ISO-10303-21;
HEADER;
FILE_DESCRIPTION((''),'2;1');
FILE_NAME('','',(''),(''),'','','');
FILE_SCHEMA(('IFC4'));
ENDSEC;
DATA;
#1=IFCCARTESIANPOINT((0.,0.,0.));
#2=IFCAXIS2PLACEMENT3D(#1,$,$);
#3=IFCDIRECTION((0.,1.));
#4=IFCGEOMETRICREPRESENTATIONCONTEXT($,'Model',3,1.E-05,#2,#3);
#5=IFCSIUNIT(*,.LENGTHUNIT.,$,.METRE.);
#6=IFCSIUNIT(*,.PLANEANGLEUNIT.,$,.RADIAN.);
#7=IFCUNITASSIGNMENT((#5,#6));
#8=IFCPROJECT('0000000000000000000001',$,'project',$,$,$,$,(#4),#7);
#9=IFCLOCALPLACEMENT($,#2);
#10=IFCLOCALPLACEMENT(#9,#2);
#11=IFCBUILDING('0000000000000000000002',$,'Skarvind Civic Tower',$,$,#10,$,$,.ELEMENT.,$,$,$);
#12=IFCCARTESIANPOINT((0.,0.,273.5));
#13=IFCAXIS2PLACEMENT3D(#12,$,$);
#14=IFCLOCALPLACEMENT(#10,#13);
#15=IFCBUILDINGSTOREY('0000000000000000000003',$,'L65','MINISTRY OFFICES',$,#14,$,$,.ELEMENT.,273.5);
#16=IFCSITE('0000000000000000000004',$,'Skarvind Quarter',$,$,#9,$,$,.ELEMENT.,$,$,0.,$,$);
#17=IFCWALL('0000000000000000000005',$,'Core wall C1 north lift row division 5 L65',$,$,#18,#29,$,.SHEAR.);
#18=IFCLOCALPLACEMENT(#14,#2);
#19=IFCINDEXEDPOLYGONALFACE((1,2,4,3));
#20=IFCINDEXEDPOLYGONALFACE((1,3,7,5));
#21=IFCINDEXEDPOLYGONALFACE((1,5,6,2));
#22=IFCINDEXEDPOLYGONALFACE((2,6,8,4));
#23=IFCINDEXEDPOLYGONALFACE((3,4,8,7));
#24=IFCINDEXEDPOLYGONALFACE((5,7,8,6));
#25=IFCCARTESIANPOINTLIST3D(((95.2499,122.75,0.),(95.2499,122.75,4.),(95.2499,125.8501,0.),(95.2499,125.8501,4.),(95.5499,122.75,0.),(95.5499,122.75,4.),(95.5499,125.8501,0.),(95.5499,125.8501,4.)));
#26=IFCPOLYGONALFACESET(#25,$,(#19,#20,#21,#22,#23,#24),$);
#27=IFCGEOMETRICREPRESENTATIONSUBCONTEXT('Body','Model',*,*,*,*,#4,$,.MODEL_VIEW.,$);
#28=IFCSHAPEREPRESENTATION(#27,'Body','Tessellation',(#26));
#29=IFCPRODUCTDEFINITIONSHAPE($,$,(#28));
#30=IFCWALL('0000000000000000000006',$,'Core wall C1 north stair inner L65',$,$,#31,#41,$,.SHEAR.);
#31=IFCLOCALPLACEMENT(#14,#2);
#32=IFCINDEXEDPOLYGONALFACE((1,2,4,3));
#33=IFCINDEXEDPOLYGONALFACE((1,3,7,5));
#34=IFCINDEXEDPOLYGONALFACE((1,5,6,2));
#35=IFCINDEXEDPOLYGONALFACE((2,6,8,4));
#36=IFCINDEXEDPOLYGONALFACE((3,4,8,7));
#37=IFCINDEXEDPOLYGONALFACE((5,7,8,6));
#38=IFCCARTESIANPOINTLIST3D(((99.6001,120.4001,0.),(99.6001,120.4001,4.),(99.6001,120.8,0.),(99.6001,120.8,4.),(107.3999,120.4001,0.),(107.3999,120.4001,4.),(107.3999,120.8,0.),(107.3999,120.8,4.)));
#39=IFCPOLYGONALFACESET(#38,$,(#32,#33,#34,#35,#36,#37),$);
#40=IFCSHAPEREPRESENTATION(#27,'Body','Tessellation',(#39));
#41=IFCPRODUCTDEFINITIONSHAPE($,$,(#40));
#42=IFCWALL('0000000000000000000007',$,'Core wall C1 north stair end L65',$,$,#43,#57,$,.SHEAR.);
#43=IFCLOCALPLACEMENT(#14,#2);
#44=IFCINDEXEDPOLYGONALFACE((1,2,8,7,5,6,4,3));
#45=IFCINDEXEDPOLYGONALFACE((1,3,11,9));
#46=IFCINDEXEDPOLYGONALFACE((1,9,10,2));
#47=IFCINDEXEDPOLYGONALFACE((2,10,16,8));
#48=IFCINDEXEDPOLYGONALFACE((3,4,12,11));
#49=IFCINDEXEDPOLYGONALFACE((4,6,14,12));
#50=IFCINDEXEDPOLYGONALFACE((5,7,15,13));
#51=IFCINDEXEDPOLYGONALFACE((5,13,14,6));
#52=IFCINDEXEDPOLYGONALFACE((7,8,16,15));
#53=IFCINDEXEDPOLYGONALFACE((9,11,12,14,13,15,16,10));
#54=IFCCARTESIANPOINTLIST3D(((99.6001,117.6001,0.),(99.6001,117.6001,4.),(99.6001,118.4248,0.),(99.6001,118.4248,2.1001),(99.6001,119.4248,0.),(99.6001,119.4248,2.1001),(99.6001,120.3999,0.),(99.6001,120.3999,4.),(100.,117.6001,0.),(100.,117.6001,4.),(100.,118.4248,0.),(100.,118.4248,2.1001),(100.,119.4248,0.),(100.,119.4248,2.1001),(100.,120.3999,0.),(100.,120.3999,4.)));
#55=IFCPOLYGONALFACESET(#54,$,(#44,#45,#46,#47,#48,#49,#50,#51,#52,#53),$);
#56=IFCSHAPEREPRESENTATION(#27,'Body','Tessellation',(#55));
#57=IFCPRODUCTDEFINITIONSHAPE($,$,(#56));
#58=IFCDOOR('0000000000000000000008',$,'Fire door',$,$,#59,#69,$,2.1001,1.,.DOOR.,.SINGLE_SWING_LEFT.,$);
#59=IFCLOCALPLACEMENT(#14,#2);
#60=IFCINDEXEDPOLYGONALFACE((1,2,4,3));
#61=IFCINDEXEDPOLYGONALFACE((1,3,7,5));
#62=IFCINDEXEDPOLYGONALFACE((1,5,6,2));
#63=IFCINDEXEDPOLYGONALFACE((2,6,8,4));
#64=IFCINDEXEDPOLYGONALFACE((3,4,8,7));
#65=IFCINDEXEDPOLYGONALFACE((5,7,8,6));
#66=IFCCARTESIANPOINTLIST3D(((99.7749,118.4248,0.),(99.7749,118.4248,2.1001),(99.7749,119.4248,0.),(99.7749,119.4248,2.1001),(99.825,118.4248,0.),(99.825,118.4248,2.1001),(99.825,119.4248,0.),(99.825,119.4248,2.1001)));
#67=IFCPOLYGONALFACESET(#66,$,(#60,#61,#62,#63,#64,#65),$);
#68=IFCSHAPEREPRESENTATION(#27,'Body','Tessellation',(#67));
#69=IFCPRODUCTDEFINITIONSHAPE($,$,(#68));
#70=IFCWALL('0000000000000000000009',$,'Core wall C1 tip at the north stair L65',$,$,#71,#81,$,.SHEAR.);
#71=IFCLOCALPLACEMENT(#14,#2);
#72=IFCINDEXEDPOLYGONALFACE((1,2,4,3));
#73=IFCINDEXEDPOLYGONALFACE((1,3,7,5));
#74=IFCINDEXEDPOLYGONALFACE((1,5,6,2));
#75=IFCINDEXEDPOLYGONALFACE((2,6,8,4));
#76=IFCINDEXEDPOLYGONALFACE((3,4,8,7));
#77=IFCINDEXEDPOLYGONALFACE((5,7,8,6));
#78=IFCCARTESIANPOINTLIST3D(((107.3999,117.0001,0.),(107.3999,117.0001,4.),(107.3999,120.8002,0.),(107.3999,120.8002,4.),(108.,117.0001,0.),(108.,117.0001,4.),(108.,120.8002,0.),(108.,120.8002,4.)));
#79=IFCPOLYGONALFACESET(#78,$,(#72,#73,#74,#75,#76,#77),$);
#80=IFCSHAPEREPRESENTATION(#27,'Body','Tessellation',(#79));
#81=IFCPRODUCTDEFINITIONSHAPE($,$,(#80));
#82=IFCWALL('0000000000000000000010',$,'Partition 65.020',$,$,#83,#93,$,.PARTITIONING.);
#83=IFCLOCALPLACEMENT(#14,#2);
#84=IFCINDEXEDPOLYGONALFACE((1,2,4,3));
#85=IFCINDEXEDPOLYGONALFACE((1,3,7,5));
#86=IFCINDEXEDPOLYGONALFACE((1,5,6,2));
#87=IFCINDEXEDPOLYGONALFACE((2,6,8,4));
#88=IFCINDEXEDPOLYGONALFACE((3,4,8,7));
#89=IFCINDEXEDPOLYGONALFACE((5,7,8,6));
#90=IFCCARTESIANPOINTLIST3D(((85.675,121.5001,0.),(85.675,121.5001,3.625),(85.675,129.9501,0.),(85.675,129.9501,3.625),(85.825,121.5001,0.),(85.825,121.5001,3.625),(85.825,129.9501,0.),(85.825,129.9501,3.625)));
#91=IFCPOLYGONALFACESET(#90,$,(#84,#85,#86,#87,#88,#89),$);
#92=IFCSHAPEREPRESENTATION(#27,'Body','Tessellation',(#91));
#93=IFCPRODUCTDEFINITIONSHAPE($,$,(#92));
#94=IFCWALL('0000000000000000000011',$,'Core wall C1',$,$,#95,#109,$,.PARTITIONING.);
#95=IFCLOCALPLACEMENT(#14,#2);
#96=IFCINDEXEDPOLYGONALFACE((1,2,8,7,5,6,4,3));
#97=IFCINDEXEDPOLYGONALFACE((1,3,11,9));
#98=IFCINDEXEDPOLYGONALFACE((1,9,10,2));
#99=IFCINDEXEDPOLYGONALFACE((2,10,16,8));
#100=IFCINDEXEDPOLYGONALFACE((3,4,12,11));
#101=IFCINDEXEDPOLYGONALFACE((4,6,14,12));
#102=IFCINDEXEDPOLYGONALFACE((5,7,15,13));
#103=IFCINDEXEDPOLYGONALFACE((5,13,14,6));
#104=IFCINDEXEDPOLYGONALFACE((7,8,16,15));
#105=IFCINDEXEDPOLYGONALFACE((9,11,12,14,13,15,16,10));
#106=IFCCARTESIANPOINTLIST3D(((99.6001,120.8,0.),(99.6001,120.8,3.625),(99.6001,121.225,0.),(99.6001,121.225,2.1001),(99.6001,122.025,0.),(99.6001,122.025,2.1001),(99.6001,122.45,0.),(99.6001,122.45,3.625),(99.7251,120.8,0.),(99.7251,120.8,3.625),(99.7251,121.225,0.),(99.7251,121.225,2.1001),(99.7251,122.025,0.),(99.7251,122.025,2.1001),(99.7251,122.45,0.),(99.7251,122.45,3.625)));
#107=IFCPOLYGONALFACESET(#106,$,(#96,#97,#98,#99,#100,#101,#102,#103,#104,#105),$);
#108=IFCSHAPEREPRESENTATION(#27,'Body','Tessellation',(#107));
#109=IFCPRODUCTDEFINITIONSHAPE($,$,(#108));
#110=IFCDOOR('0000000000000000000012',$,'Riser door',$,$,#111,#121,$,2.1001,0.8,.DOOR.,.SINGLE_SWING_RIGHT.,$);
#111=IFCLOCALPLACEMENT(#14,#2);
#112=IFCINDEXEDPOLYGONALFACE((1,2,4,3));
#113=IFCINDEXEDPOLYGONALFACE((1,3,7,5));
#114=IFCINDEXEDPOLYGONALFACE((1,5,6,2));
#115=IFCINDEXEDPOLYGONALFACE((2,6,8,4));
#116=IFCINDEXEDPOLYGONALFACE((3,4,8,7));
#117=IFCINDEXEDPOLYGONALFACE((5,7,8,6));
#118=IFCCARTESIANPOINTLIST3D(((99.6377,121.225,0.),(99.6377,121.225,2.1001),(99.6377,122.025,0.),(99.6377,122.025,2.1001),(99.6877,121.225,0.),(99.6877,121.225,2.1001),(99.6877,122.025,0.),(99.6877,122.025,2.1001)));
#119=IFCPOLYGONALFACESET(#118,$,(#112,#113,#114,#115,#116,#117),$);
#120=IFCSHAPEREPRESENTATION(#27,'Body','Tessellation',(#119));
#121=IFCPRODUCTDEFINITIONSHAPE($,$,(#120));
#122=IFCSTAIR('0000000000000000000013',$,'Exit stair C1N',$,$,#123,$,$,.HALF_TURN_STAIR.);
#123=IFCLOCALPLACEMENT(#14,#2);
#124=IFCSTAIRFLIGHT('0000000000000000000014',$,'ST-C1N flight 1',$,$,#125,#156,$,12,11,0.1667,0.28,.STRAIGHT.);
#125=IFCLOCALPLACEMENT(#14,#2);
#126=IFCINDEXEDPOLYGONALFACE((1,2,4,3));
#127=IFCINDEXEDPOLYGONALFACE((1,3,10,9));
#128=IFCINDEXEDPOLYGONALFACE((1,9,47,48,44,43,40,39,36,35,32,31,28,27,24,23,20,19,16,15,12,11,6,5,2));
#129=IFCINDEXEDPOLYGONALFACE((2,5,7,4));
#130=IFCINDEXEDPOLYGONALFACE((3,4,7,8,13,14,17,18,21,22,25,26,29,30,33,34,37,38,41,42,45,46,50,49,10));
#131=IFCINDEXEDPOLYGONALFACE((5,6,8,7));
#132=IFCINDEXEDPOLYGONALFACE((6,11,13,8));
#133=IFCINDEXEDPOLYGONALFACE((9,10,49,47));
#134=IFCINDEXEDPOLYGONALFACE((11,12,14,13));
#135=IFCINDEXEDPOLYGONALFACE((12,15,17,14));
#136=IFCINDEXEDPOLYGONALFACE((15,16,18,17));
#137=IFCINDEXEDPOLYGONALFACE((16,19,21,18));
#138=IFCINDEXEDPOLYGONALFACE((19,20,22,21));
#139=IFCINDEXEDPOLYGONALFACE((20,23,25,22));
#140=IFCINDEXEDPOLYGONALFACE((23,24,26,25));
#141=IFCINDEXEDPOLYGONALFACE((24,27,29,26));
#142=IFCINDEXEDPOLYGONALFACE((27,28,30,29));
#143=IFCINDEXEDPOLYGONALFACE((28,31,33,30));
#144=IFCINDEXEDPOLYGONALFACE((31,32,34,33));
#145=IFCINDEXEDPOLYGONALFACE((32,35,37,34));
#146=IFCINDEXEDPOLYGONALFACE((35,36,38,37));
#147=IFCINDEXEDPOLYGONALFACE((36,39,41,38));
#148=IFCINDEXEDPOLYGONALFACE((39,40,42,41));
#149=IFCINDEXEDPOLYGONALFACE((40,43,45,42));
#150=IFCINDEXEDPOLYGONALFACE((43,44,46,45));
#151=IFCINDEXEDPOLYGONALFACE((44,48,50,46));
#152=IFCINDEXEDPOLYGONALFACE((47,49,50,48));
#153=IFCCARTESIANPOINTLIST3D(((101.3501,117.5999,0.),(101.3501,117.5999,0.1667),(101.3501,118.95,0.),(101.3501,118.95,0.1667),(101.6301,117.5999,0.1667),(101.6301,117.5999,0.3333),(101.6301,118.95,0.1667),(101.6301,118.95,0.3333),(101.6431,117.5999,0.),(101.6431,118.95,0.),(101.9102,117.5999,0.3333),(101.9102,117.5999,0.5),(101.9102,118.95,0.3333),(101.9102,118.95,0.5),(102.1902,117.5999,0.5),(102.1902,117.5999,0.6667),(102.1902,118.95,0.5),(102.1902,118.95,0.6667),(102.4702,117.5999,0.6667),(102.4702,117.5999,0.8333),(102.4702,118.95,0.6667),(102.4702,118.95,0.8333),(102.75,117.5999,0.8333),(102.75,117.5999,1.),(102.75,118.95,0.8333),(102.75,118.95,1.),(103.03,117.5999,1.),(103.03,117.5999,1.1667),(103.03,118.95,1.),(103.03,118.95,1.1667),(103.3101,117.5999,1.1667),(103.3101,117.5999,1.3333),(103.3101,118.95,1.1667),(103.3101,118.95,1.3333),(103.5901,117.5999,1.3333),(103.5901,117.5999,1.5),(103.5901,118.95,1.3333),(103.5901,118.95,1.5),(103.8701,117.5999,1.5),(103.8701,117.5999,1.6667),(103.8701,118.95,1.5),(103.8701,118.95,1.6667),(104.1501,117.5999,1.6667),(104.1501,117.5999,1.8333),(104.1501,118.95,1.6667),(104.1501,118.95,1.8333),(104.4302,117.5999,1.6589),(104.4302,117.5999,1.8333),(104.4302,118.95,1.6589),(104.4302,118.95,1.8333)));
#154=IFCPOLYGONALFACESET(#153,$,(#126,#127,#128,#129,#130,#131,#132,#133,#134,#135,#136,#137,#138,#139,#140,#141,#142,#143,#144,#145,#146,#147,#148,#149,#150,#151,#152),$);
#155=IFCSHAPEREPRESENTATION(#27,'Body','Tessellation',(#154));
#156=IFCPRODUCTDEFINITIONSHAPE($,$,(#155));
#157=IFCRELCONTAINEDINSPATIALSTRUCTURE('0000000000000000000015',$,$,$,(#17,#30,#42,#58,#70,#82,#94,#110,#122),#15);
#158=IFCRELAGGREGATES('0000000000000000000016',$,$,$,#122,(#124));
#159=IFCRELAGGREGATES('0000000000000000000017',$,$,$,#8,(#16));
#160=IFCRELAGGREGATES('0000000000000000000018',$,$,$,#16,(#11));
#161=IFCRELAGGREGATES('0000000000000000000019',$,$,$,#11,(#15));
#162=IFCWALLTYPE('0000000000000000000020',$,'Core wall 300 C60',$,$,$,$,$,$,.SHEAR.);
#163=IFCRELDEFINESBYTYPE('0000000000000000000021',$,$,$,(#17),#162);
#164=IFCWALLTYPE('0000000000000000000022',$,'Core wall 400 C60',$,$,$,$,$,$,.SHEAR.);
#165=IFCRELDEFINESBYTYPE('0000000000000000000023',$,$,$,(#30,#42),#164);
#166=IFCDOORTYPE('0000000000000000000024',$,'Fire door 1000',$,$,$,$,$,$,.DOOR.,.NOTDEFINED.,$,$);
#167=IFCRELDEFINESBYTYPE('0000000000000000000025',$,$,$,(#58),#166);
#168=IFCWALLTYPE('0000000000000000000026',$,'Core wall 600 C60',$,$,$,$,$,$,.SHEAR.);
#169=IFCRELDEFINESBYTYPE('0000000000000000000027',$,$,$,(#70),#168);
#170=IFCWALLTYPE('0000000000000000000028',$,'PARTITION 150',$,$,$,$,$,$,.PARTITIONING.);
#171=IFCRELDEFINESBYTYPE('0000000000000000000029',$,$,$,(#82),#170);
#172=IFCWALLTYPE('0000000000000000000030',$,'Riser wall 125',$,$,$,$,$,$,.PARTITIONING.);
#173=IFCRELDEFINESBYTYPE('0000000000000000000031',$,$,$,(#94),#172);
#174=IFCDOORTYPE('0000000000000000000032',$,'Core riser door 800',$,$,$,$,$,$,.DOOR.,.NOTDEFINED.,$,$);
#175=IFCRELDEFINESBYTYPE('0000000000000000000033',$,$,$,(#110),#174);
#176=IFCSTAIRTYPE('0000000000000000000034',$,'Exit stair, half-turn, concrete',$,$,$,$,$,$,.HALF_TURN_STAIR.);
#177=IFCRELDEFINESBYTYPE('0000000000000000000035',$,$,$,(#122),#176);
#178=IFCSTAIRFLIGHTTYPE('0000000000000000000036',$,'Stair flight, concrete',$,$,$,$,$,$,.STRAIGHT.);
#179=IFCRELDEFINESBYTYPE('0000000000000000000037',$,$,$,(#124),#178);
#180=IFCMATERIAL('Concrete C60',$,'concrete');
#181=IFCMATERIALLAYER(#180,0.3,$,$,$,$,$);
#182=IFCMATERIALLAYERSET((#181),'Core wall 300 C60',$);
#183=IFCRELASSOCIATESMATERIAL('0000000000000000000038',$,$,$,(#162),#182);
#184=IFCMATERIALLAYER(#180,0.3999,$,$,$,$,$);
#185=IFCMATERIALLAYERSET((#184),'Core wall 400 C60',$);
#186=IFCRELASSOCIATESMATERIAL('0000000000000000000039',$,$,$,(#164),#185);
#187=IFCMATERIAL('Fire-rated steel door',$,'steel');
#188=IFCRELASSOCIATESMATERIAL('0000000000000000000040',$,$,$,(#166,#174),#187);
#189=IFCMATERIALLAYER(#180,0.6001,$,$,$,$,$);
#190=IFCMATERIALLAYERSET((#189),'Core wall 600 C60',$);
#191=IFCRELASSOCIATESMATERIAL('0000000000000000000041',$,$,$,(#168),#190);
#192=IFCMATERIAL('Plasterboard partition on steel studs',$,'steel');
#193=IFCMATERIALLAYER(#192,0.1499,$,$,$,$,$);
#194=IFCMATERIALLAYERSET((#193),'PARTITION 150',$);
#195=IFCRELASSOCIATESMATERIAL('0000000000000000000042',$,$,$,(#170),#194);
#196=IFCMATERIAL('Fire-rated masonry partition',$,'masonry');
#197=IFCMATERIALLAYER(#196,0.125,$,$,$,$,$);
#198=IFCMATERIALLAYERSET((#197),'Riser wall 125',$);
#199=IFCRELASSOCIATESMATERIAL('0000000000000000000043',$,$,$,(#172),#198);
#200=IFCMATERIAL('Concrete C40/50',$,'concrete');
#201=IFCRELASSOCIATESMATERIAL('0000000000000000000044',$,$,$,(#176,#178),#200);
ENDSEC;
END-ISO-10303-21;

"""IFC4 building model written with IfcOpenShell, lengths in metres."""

from ifc_helpers import new_model, si_unit, direction, frame, frame_2d, origin, place, context, subcontext, project, spatial, polyline, rectangle, outline, extrude, material, layer, layer_set, type_object, element, fill, aggregate, save


model = new_model("IFC4")

# Units and contexts
model_context = context("Model", 3, precision=1e-05, world=origin(), true_north=direction((0.0, 1.0)))
body_context = subcontext(model_context, "Body", "Model", "MODEL_VIEW")
ifc_project = project(units=[si_unit("LENGTHUNIT", "METRE"), si_unit("PLANEANGLEUNIT", "RADIAN")], contexts=[model_context])

# Site, building, storey
site_placement = place(None, origin())
site = spatial("IfcSite", under=ifc_project, at=site_placement, Name="Skarvind Quarter", CompositionType="ELEMENT", RefElevation=0.0)
building_placement = place(site_placement, origin())
building = spatial("IfcBuilding", under=site, at=building_placement, Name="Skarvind Civic Tower", CompositionType="ELEMENT")
storey_placement = place(building_placement, frame((0.0, 0.0, 273.5)))
storey = spatial("IfcBuildingStorey", under=building, at=storey_placement, Name="L65", Description="MINISTRY OFFICES", CompositionType="ELEMENT", Elevation=273.5)

# Shared definitions
ifc_material_1 = material(Name="Concrete C60", Category="concrete")

# Shared definitions
ifc_layer_1 = layer(ifc_material_1, 0.3)
ifc_layer_set_1 = layer_set([ifc_layer_1], Name="Core wall 300 C60")
wall_type_1 = type_object("IfcWallType", Name="Core wall 300 C60", PredefinedType="SHEAR", material=ifc_layer_set_1)

# Walls
for number, where, z_axis, x_axis, name in (
    (1, (95.3999, 125.8501, 0.0), (0.0, 0.0, 1.0), (0.0, -1.0, 0.0), "Core wall C1 north lift row division 5 L65"),
):
    element("IfcWall", number, at=place(storey_placement, frame(where, z_axis=z_axis, x_axis=x_axis)), inside=storey, type_object=wall_type_1, Name=name, PredefinedType="SHEAR", context=body_context, shape_type="SweptSolid", body=[
        extrude(rectangle(XDim=3.1001, YDim=0.3, at=frame_2d((1.55, 0.0))), origin(), (0.0, 0.0, 1.0), 4.0),
    ])
ifc_layer_2 = layer(ifc_material_1, 0.3999)
ifc_layer_set_2 = layer_set([ifc_layer_2], Name="Core wall 400 C60")
wall_type_2 = type_object("IfcWallType", Name="Core wall 400 C60", PredefinedType="SHEAR", material=ifc_layer_set_2)
wall_1_placement = place(storey_placement, frame((107.3999, 120.6001, 0.0), z_axis=(0.0, 0.0, 1.0), x_axis=(-1.0, 0.0, 0.0)))
element("IfcWall", 2, at=wall_1_placement, inside=storey, type_object=wall_type_2, Name="Core wall C1 north stair inner L65", PredefinedType="SHEAR", context=body_context, shape_type="SweptSolid", body=[
    extrude(rectangle(XDim=7.7998, YDim=0.3999, at=frame_2d((3.8999, 0.0))), origin(), (0.0, 0.0, 1.0), 4.0),
])

# Wall, opening, door
wall_2_placement = place(storey_placement, frame((99.8, 120.3999, 0.0), z_axis=(0.0, 0.0, 1.0), x_axis=(0.0, -1.0, 0.0)))
wall_2 = element("IfcWall", 3, at=wall_2_placement, inside=storey, type_object=wall_type_2, Name="Core wall C1 north stair end L65", PredefinedType="SHEAR", context=body_context, shape_type="SweptSolid", body=[
    extrude(rectangle(XDim=2.7998, YDim=0.3999, at=frame_2d((1.3999, 0.0))), origin(), (0.0, 0.0, 1.0), 4.0),
])
opening_1_placement = place(wall_2_placement, frame((0.9751, 0.0, 0.0)))
opening_1 = element("IfcOpeningElement", 4, at=opening_1_placement, cuts=wall_2, PredefinedType="OPENING", context=body_context, shape_type="SweptSolid", body=[
    extrude(rectangle(XDim=1.0, YDim=2.1001, at=frame_2d((0.5, 1.05))), frame((0.0, 0.21, 0.0), z_axis=(0.0, -1.0, 0.0), x_axis=(1.0, 0.0, 0.0)), (0.0, 0.0, 1.0), 0.4199),
])
ifc_material_2 = material(Name="Fire-rated steel door", Category="steel")
door_type_1 = type_object("IfcDoorType", Name="Fire door 1000", OperationType="NOTDEFINED", PredefinedType="DOOR", material=ifc_material_2)
door_1_placement = place(opening_1_placement, origin())
door_1 = element("IfcDoor", 5, at=door_1_placement, inside=storey, type_object=door_type_1, Name="Fire door", OperationType="SINGLE_SWING_LEFT", OverallHeight=2.1001, OverallWidth=1.0, PredefinedType="DOOR", context=body_context, shape_type="SweptSolid", body=[
    extrude(rectangle(XDim=1.0, YDim=2.1001, at=frame_2d((0.5, 1.05))), frame((0.0, 0.0249, 0.0), z_axis=(0.0, -1.0, 0.0), x_axis=(1.0, 0.0, 0.0)), (0.0, 0.0, 1.0), 0.05),
])
fill(opening_1, door_1)

# Walls
ifc_layer_3 = layer(ifc_material_1, 0.6001)
ifc_layer_set_3 = layer_set([ifc_layer_3], Name="Core wall 600 C60")
wall_type_3 = type_object("IfcWallType", Name="Core wall 600 C60", PredefinedType="SHEAR", material=ifc_layer_set_3)
wall_3_placement = place(storey_placement, frame((107.7, 120.8, 0.0), z_axis=(0.0, 0.0, 1.0), x_axis=(0.0, -1.0, 0.0)))
element("IfcWall", 6, at=wall_3_placement, inside=storey, type_object=wall_type_3, Name="Core wall C1 tip at the north stair L65", PredefinedType="SHEAR", context=body_context, shape_type="SweptSolid", body=[
    extrude(rectangle(XDim=3.8, YDim=0.6001, at=frame_2d((1.8999, 0.0))), origin(), (0.0, 0.0, 1.0), 4.0),
])
ifc_material_3 = material(Name="Plasterboard partition on steel studs", Category="steel")
ifc_layer_4 = layer(ifc_material_3, 0.1499)
ifc_layer_set_4 = layer_set([ifc_layer_4], Name="PARTITION 150")
wall_type_4 = type_object("IfcWallType", Name="PARTITION 150", PredefinedType="PARTITIONING", material=ifc_layer_set_4)
wall_4_placement = place(storey_placement, frame((85.75, 121.5, 0.0), z_axis=(0.0, 0.0, 1.0), x_axis=(0.0, 1.0, 0.0)))
element("IfcWall", 7, at=wall_4_placement, inside=storey, type_object=wall_type_4, Name="Partition 65.020", PredefinedType="PARTITIONING", context=body_context, shape_type="SweptSolid", body=[
    extrude(rectangle(XDim=8.45, YDim=0.1499, at=frame_2d((4.2251, 0.0))), origin(), (0.0, 0.0, 1.0), 3.625),
])

# Wall, opening, door
ifc_material_4 = material(Name="Fire-rated masonry partition", Category="masonry")
ifc_layer_5 = layer(ifc_material_4, 0.125)
ifc_layer_set_5 = layer_set([ifc_layer_5], Name="Riser wall 125")
wall_type_5 = type_object("IfcWallType", Name="Riser wall 125", PredefinedType="PARTITIONING", material=ifc_layer_set_5)
wall_5_placement = place(storey_placement, frame((99.6626, 120.8, 0.0), z_axis=(0.0, 0.0, 1.0), x_axis=(0.0, 1.0, 0.0)))
wall_5 = element("IfcWall", 8, at=wall_5_placement, inside=storey, type_object=wall_type_5, Name="Core wall C1", PredefinedType="PARTITIONING", context=body_context, shape_type="SweptSolid", body=[
    extrude(rectangle(XDim=1.6499, YDim=0.125, at=frame_2d((0.825, 0.0))), origin(), (0.0, 0.0, 1.0), 3.625),
])
opening_2_placement = place(wall_5_placement, frame((0.425, 0.0, 0.0)))
opening_2 = element("IfcOpeningElement", 9, at=opening_2_placement, cuts=wall_5, PredefinedType="OPENING", context=body_context, shape_type="SweptSolid", body=[
    extrude(rectangle(XDim=0.8, YDim=2.1001, at=frame_2d((0.3999, 1.05))), frame((0.0, 0.0725, 0.0), z_axis=(0.0, -1.0, 0.0), x_axis=(1.0, 0.0, 0.0)), (0.0, 0.0, 1.0), 0.145),
])
door_type_2 = type_object("IfcDoorType", Name="Core riser door 800", OperationType="NOTDEFINED", PredefinedType="DOOR", material=ifc_material_2)
door_2_placement = place(opening_2_placement, origin())
door_2 = element("IfcDoor", 10, at=door_2_placement, inside=storey, type_object=door_type_2, Name="Riser door", OperationType="SINGLE_SWING_RIGHT", OverallHeight=2.1001, OverallWidth=0.8, PredefinedType="DOOR", context=body_context, shape_type="SweptSolid", body=[
    extrude(rectangle(XDim=0.8, YDim=2.1001, at=frame_2d((0.3999, 1.05))), frame((0.0, 0.0249, 0.0), z_axis=(0.0, -1.0, 0.0), x_axis=(1.0, 0.0, 0.0)), (0.0, 0.0, 1.0), 0.05),
])
fill(opening_2, door_2)

# Stair, stair flight
ifc_material_5 = material(Name="Concrete C40/50", Category="concrete")
stair_type = type_object("IfcStairType", Name="Exit stair, half-turn, concrete", PredefinedType="HALF_TURN_STAIR", material=ifc_material_5)
stair_placement = place(storey_placement, origin())
stair = element("IfcStair", 11, at=stair_placement, inside=storey, type_object=stair_type, Name="Exit stair C1N", PredefinedType="HALF_TURN_STAIR")
stair_flight_type = type_object("IfcStairFlightType", Name="Stair flight, concrete", PredefinedType="STRAIGHT", material=ifc_material_5)
stair_flight_1_placement = place(storey_placement, frame((101.3501, 118.2749, 0.0), z_axis=(0.0, 0.0, 1.0), x_axis=(1.0, 0.0, 0.0)))
stair_flight_1 = element("IfcStairFlight", 12, at=stair_flight_1_placement, type_object=stair_flight_type, Name="ST-C1N flight 1", NumberOfRisers=12, NumberOfTreads=11, PredefinedType="STRAIGHT", RiserHeight=0.1667, TreadLength=0.28, context=body_context, shape_type="SweptSolid", body=[
    extrude(outline(polyline([(0.0, 0.0), (0.0, 0.1667), (0.28, 0.1667), (0.28, 0.3333), (0.5601, 0.3333), (0.5601, 0.5), (0.8401, 0.5), (0.8401, 0.6667), (1.1201, 0.6667), (1.1201, 0.8333), (1.3999, 0.8333), (1.3999, 1.0), (1.6799, 1.0), (1.6799, 1.1667), (1.96, 1.1667), (1.96, 1.3333), (2.24, 1.3333), (2.24, 1.5), (2.52, 1.5), (2.52, 1.6667), (2.8, 1.6667), (2.8, 1.8333), (3.0801, 1.8333), (3.0801, 2.0), (3.0801, 1.6589), (0.293, 0.0), (0.0, 0.0)])), frame((0.0, 0.675, 0.0), z_axis=(0.0, -1.0, 0.0), x_axis=(1.0, 0.0, 0.0)), (0.0, 0.0, 1.0), 1.3501),
])
aggregate(stair, [stair_flight_1])

save(model, "model.ifc")
